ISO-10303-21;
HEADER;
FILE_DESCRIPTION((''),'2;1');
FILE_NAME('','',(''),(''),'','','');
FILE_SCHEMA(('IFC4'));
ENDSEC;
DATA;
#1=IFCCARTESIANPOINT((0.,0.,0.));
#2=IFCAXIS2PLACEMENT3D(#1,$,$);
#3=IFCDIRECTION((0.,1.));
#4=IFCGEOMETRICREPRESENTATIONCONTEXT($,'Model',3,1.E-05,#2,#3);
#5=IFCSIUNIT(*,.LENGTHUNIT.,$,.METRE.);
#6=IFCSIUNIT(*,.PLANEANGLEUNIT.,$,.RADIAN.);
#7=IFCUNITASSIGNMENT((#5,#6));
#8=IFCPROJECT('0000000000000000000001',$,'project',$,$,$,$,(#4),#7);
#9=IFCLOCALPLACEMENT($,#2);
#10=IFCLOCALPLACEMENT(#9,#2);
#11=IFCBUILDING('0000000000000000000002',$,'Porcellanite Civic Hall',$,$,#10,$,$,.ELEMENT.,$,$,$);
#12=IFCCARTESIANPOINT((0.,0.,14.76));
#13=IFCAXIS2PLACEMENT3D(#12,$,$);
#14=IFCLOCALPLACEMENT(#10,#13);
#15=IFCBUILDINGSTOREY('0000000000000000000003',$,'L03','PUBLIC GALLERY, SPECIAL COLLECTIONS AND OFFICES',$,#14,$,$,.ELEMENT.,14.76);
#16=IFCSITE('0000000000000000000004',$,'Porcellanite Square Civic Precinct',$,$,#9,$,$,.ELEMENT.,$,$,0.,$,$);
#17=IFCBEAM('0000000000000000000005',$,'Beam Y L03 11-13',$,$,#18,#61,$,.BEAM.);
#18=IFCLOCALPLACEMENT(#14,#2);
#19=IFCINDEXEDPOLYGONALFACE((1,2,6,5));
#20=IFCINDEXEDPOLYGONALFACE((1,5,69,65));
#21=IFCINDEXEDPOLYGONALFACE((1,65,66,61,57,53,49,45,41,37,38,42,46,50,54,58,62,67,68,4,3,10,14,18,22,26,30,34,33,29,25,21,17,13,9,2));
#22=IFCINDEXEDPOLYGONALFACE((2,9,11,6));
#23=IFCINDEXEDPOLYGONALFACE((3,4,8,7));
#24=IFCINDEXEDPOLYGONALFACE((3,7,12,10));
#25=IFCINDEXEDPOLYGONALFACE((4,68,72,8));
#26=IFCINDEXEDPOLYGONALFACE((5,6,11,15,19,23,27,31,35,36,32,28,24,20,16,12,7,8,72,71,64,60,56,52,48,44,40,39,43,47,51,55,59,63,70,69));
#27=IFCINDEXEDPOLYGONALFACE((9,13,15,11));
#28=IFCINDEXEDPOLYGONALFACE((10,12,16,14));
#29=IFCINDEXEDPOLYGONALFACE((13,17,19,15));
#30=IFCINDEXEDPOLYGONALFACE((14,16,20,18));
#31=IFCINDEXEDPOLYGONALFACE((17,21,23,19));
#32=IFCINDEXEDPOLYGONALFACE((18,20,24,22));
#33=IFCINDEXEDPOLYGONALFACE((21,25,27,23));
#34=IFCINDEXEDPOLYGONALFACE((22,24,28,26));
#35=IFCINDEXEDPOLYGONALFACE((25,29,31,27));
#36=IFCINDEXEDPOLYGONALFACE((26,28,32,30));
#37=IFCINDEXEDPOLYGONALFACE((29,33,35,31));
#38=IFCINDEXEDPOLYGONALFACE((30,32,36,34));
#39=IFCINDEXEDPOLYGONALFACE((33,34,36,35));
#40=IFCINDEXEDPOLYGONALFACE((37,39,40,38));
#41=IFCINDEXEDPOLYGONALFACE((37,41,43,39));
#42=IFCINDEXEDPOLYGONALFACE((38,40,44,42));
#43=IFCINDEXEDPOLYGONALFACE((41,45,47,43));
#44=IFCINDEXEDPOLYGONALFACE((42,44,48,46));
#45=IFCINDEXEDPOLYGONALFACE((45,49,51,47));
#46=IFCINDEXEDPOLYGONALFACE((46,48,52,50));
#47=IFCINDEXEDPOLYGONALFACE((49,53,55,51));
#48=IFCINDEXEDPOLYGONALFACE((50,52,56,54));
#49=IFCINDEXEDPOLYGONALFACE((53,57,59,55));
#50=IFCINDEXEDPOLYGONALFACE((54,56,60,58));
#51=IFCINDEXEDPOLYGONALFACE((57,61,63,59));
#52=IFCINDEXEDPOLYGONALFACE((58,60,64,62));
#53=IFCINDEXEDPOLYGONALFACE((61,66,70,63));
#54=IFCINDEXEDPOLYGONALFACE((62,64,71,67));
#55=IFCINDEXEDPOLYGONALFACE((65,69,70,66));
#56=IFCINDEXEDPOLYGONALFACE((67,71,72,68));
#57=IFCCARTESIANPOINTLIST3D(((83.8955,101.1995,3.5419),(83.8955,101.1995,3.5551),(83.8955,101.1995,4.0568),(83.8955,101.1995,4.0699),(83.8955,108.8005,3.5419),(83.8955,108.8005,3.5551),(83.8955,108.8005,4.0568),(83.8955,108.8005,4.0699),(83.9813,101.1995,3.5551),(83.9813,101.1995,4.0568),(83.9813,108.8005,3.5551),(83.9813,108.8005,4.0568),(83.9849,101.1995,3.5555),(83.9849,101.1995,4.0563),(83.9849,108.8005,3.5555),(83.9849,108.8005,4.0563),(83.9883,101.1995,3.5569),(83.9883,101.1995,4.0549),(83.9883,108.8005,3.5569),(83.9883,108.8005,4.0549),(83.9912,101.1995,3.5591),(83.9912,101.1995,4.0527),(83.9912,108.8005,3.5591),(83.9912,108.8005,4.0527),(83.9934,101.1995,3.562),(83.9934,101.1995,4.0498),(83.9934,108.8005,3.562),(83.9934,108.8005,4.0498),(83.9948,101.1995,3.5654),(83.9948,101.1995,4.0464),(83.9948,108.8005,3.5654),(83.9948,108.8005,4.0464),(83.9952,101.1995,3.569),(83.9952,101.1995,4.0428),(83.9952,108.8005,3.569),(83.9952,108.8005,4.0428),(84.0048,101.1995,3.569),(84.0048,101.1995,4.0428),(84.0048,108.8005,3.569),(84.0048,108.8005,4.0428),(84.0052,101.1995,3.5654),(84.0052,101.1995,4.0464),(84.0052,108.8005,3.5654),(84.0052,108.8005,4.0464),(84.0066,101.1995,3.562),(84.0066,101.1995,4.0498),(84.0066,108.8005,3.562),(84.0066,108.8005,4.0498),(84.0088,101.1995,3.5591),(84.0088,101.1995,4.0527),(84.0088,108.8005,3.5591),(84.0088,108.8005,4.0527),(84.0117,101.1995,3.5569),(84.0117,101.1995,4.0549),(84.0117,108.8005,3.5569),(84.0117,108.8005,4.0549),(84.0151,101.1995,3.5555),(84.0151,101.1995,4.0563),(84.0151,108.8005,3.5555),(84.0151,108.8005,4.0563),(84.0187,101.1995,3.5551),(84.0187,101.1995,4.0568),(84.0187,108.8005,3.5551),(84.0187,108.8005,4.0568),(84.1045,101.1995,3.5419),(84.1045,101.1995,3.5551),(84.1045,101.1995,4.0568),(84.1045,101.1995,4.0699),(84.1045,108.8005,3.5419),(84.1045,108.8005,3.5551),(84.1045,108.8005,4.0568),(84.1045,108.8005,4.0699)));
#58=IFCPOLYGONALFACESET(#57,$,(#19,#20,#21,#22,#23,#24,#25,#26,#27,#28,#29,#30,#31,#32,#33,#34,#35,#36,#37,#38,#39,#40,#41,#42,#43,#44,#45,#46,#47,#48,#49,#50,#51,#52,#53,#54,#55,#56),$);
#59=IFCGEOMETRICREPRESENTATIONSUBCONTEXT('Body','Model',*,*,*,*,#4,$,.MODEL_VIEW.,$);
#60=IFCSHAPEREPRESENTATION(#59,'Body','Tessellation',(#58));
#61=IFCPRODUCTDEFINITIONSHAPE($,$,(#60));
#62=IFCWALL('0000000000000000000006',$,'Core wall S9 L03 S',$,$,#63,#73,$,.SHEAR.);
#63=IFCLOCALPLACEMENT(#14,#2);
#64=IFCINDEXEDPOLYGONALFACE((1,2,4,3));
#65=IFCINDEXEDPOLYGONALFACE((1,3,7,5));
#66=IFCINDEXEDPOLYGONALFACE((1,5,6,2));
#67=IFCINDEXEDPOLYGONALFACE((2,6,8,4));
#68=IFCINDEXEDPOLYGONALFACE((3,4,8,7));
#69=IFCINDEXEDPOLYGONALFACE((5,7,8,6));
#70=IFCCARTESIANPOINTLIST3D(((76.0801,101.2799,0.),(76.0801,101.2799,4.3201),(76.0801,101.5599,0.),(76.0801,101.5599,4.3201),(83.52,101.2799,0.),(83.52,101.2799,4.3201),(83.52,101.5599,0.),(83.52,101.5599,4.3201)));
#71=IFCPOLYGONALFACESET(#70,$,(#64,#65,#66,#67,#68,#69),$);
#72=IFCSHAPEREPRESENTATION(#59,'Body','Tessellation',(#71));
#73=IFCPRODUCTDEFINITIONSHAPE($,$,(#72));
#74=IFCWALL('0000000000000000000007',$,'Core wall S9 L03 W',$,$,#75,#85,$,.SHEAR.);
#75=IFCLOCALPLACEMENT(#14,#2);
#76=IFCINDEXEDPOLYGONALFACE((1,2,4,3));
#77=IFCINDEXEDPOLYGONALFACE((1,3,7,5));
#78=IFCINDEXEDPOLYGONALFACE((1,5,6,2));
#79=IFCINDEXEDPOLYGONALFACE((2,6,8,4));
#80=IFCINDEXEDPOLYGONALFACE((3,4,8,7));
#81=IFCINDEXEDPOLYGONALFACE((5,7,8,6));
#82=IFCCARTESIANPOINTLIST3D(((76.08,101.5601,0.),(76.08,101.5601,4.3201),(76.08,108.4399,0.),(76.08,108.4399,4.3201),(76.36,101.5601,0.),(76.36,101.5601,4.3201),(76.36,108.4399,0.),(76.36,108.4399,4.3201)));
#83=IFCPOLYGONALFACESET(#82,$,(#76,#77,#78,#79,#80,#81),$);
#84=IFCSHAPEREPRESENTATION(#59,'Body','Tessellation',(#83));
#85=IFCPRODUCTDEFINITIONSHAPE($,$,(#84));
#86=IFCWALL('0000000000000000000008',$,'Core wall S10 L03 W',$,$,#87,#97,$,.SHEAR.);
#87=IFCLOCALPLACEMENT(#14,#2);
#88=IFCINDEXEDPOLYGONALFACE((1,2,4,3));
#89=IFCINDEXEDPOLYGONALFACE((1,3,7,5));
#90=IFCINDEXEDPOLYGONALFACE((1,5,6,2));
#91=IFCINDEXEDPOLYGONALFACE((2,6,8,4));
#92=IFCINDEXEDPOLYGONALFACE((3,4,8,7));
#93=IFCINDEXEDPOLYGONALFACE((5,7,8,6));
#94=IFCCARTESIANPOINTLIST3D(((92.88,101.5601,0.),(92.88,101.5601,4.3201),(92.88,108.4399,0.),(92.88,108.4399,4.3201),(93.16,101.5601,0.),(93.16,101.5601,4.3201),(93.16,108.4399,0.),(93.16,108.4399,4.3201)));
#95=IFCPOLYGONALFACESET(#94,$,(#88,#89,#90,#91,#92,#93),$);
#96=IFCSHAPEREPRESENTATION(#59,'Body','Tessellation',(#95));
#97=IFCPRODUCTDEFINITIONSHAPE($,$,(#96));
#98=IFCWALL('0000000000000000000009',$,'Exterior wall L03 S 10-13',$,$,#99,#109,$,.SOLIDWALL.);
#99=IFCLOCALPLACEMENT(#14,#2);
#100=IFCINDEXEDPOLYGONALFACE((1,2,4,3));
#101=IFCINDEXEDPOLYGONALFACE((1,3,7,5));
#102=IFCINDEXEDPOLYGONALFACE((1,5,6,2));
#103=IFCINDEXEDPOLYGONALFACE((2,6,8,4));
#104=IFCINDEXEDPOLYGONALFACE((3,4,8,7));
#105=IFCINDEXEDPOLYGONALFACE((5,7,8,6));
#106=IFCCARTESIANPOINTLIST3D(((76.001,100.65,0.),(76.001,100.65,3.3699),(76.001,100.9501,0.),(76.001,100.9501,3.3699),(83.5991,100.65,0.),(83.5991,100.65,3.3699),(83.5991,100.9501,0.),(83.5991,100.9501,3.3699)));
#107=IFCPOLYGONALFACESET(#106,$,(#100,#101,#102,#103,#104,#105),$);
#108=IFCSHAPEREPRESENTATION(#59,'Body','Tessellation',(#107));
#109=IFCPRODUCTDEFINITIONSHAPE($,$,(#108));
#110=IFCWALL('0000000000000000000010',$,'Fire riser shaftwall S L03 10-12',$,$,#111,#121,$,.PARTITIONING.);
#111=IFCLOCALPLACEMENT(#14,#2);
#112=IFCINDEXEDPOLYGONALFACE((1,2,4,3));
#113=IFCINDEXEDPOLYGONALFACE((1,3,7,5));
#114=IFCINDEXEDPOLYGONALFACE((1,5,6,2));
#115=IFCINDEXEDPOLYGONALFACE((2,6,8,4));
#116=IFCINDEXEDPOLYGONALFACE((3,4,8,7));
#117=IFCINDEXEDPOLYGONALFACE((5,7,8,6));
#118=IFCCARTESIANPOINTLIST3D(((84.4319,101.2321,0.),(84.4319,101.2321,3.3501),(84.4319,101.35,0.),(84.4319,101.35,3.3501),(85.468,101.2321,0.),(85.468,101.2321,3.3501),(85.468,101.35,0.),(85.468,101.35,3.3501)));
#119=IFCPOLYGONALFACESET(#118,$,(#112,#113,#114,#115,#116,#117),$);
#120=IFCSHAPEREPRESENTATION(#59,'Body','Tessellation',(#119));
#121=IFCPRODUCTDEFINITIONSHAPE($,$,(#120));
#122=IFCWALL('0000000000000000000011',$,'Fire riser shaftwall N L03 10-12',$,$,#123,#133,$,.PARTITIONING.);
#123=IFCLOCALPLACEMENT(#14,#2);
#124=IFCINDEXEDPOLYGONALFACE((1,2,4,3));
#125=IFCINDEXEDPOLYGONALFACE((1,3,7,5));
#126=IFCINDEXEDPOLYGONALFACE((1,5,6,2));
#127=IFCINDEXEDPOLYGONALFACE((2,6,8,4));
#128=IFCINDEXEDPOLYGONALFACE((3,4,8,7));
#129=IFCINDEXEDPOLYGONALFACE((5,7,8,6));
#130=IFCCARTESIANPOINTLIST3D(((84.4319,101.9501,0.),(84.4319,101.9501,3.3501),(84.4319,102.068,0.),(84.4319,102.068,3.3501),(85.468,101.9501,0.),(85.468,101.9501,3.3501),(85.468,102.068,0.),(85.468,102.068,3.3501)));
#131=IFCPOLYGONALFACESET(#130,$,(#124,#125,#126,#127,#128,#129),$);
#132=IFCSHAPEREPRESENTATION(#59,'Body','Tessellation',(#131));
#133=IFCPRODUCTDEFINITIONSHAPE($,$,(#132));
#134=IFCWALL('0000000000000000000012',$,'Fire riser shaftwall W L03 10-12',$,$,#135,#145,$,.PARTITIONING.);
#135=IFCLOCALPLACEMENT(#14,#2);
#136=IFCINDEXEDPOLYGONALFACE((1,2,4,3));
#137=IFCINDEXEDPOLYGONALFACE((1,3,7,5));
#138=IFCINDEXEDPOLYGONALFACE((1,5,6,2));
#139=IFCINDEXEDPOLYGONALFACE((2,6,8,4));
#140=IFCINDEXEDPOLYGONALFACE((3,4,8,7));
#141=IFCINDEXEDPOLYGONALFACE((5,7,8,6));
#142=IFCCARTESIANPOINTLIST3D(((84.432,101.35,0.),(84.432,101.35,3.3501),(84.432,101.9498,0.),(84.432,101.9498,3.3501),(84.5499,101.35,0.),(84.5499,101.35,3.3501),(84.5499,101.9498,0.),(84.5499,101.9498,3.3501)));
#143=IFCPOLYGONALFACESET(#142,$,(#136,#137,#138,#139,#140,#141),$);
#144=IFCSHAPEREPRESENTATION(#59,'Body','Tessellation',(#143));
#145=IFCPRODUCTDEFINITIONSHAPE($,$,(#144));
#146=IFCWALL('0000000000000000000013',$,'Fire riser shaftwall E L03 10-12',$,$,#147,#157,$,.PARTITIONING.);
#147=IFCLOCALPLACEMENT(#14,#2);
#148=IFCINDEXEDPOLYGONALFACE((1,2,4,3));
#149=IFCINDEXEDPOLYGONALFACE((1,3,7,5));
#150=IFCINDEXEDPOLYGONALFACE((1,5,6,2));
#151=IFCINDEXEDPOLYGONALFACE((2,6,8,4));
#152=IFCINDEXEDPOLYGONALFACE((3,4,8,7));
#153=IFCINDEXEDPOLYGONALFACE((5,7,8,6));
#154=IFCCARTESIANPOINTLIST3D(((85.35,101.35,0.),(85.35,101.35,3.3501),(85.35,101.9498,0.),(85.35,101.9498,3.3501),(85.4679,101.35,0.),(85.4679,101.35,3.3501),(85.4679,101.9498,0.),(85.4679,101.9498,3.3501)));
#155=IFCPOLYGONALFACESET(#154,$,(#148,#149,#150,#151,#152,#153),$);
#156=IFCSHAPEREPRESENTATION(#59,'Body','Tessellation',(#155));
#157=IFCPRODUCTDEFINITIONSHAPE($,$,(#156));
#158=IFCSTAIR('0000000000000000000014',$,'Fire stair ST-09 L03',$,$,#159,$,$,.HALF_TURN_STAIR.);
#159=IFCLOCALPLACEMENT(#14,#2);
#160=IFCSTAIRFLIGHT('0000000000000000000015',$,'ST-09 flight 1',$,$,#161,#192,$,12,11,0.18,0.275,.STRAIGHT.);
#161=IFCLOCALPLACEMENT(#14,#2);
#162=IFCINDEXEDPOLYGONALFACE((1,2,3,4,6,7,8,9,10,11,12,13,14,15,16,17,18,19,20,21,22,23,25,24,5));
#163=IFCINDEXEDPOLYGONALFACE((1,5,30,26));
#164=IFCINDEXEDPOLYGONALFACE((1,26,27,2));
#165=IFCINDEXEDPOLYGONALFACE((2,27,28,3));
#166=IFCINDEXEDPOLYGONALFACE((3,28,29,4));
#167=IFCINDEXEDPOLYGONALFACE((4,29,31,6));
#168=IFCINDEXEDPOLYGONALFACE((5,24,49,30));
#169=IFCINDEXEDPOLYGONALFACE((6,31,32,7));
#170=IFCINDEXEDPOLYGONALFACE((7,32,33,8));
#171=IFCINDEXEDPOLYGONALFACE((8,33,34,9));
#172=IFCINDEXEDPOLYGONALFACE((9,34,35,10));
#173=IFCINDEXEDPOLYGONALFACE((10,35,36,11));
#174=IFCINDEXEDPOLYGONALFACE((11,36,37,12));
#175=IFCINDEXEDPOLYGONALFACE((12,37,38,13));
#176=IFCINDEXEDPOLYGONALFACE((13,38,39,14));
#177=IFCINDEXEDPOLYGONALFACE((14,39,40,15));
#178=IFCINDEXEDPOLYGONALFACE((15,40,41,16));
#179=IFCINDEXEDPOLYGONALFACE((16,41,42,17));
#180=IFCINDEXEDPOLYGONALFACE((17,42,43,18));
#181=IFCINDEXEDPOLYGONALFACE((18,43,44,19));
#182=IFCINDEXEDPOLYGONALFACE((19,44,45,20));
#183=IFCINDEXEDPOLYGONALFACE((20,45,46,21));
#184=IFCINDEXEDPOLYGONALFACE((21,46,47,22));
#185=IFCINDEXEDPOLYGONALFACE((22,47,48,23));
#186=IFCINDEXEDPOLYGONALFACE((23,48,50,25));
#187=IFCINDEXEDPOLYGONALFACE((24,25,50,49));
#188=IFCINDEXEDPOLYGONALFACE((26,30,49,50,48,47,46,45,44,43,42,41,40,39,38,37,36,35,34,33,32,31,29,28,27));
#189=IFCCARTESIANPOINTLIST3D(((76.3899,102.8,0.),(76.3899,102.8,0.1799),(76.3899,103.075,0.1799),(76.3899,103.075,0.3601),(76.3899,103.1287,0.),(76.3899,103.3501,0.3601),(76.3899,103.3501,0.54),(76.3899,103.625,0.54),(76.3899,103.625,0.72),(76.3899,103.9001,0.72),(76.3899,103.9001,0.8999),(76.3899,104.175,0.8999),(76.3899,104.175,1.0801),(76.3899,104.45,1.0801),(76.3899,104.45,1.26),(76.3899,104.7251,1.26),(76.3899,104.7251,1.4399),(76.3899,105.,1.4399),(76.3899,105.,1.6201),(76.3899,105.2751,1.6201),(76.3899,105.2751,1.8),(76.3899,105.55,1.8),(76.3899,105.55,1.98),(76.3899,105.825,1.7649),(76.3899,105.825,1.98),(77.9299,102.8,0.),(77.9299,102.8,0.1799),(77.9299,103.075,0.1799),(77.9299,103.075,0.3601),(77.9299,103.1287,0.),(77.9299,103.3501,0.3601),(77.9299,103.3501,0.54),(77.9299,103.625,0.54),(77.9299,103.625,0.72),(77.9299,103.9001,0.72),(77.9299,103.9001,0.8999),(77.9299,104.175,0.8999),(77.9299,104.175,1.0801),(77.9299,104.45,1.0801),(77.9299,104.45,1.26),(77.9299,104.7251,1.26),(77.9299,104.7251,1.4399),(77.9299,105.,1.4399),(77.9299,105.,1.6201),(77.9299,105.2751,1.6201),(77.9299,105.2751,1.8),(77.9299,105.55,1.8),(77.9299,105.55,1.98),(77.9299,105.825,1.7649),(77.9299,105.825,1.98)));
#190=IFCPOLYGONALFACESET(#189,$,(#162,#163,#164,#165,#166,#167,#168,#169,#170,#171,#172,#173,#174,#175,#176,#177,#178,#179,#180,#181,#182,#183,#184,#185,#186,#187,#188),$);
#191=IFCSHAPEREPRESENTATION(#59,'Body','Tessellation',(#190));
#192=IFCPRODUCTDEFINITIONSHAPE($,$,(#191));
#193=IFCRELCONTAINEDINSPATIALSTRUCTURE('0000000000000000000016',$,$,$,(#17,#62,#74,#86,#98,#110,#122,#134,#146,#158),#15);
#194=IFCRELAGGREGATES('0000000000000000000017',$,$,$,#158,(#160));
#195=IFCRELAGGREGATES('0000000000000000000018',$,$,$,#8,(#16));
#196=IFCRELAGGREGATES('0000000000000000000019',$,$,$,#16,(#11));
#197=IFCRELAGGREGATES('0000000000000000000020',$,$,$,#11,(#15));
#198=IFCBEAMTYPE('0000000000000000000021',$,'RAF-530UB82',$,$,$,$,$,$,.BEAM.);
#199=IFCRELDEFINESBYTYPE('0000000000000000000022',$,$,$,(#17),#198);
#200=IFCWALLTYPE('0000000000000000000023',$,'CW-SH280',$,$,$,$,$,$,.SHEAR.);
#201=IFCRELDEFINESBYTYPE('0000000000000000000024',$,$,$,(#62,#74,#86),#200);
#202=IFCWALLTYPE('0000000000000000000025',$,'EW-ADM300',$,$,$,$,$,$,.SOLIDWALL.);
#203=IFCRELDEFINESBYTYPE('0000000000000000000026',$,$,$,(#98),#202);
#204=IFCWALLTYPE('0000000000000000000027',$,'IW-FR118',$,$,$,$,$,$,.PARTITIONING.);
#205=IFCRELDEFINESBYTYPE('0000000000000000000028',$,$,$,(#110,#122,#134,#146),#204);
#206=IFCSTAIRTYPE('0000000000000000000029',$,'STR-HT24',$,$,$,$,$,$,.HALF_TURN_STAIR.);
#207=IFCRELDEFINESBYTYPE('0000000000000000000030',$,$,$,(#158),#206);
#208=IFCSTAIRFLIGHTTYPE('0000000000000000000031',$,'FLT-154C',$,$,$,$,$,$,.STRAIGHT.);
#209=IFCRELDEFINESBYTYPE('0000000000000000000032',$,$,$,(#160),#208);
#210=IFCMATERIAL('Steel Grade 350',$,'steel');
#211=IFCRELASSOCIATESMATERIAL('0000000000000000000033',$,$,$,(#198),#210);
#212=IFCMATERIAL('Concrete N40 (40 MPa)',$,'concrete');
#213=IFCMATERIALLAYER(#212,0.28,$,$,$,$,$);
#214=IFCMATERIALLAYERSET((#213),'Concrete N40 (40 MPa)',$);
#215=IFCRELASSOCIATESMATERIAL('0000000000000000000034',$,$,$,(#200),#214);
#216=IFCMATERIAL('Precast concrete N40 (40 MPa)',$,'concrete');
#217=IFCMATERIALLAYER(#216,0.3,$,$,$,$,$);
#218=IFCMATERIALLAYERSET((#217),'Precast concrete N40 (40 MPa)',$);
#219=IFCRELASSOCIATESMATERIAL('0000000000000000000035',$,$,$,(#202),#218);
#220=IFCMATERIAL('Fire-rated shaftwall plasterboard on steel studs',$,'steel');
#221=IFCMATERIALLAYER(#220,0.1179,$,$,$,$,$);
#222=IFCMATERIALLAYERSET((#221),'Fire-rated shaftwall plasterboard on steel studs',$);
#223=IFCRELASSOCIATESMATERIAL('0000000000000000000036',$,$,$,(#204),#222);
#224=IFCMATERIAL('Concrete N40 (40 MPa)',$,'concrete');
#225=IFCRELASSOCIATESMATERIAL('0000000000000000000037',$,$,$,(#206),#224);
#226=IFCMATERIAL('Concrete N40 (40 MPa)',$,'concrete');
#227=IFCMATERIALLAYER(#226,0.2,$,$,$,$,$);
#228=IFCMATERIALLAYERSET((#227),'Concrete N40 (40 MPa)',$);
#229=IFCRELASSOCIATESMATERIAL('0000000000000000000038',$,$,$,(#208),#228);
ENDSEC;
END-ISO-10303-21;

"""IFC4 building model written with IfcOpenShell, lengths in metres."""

from ifc_helpers import new_model, si_unit, direction, frame, frame_2d, origin, origin_2d, place, context, subcontext, project, spatial, polyline, rectangle, i_section, outline, extrude, material, layer, layer_set, material_profile, profile_set, type_object, element, aggregate, save


model = new_model("IFC4")

# Units and contexts
model_context = context("Model", 3, precision=1e-05, world=origin(), true_north=direction((0.0, 1.0)))
body_context = subcontext(model_context, "Body", "Model", "MODEL_VIEW")
ifc_project = project(units=[si_unit("LENGTHUNIT", "METRE"), si_unit("PLANEANGLEUNIT", "RADIAN")], contexts=[model_context])

# Site, building, storey
site_placement = place(None, origin())
site = spatial("IfcSite", under=ifc_project, at=site_placement, Name="Porcellanite Square Civic Precinct", CompositionType="ELEMENT", RefElevation=0.0)
building_placement = place(site_placement, origin())
building = spatial("IfcBuilding", under=site, at=building_placement, Name="Porcellanite Civic Hall", CompositionType="ELEMENT")
storey_placement = place(building_placement, frame((0.0, 0.0, 14.76)))
storey = spatial("IfcBuildingStorey", under=building, at=storey_placement, Name="L03", Description="PUBLIC GALLERY, SPECIAL COLLECTIONS AND OFFICES", CompositionType="ELEMENT", Elevation=14.76)

# Beam
ifc_material_1 = material(Name="Steel Grade 350", Category="steel")
ifc_material_profile_1 = material_profile(ifc_material_1, i_section(OverallWidth=0.209, OverallDepth=0.5281, WebThickness=0.0095, FlangeThickness=0.0132, FilletRadius=0.0139, at=origin_2d()), Name="530UB82.0")
ifc_profile_set_1 = profile_set([ifc_material_profile_1], Name="Steel Grade 350")
beam_type_1 = type_object("IfcBeamType", Name="RAF-530UB82", PredefinedType="BEAM", material=ifc_profile_set_1)
beam_1_placement = place(storey_placement, frame((84.0, 101.1995, 3.8059), z_axis=(0.0, 1.0, 0.0), x_axis=(-1.0, 0.0, 0.0)))
element("IfcBeam", 1, at=beam_1_placement, inside=storey, type_object=beam_type_1, Name="Beam Y L03 11-13", PredefinedType="BEAM", context=body_context, shape_type="SweptSolid", body=[
    extrude(i_section(OverallWidth=0.209, OverallDepth=0.5281, WebThickness=0.0095, FlangeThickness=0.0132, FilletRadius=0.0139, at=origin_2d()), origin(), (0.0, 0.0, 1.0), 7.6011),
])

# Walls
ifc_material_2 = material(Name="Concrete N40 (40 MPa)", Category="concrete")
ifc_layer_1 = layer(ifc_material_2, 0.28)
ifc_layer_set_1 = layer_set([ifc_layer_1], Name="Concrete N40 (40 MPa)")
wall_type_1 = type_object("IfcWallType", Name="CW-SH280", PredefinedType="SHEAR", material=ifc_layer_set_1)
wall_1_placement = place(storey_placement, frame((83.52, 101.4199, 0.0), z_axis=(0.0, 0.0, 1.0), x_axis=(-1.0, 0.0, 0.0)))
element("IfcWall", 2, at=wall_1_placement, inside=storey, type_object=wall_type_1, Name="Core wall S9 L03 S", PredefinedType="SHEAR", context=body_context, shape_type="SweptSolid", body=[
    extrude(rectangle(XDim=7.4399, YDim=0.28, at=frame_2d((3.72, 0.0))), origin(), (0.0, 0.0, 1.0), 4.3201),
])
for number, where, z_axis, x_axis, name in (
    (3, (76.22, 101.5601, 0.0), (0.0, 0.0, 1.0), (0.0, 1.0, 0.0), "Core wall S9 L03 W"),
    (4, (93.02, 101.5601, 0.0), (0.0, 0.0, 1.0), (0.0, 1.0, 0.0), "Core wall S10 L03 W"),
):
    element("IfcWall", number, at=place(storey_placement, frame(where, z_axis=z_axis, x_axis=x_axis)), inside=storey, type_object=wall_type_1, Name=name, PredefinedType="SHEAR", context=body_context, shape_type="SweptSolid", body=[
        extrude(rectangle(XDim=6.8799, YDim=0.28, at=frame_2d((3.4399, 0.0))), origin(), (0.0, 0.0, 1.0), 4.3201),
    ])
ifc_material_3 = material(Name="Precast concrete N40 (40 MPa)", Category="concrete")
ifc_layer_2 = layer(ifc_material_3, 0.3)
ifc_layer_set_2 = layer_set([ifc_layer_2], Name="Precast concrete N40 (40 MPa)")
wall_type_2 = type_object("IfcWallType", Name="EW-ADM300", PredefinedType="SOLIDWALL", material=ifc_layer_set_2)
wall_2_placement = place(storey_placement, frame((83.5991, 100.8, 0.0), z_axis=(0.0, 0.0, 1.0), x_axis=(-1.0, 0.0, 0.0)))
element("IfcWall", 5, at=wall_2_placement, inside=storey, type_object=wall_type_2, Name="Exterior wall L03 S 10-13", PredefinedType="SOLIDWALL", context=body_context, shape_type="SweptSolid", body=[
    extrude(rectangle(XDim=7.5981, YDim=0.3, at=frame_2d((3.7991, 0.0))), origin(), (0.0, 0.0, 1.0), 3.3699),
])

# Walls
ifc_material_4 = material(Name="Fire-rated shaftwall plasterboard on steel studs", Category="steel")
ifc_layer_3 = layer(ifc_material_4, 0.1179)
ifc_layer_set_3 = layer_set([ifc_layer_3], Name="Fire-rated shaftwall plasterboard on steel studs")
wall_type_3 = type_object("IfcWallType", Name="IW-FR118", PredefinedType="PARTITIONING", material=ifc_layer_set_3)
for number, where, z_axis, x_axis, name in (
    (6, (84.4319, 101.291, 0.0), (0.0, 0.0, 1.0), (1.0, 0.0, 0.0), "Fire riser shaftwall S L03 10-12"),
    (7, (84.4319, 102.009, 0.0), (0.0, 0.0, 1.0), (1.0, 0.0, 0.0), "Fire riser shaftwall N L03 10-12"),
):
    element("IfcWall", number, at=place(storey_placement, frame(where, z_axis=z_axis, x_axis=x_axis)), inside=storey, type_object=wall_type_3, Name=name, PredefinedType="PARTITIONING", context=body_context, shape_type="SweptSolid", body=[
        extrude(rectangle(XDim=1.0361, YDim=0.1179, at=frame_2d((0.5181, 0.0))), origin(), (0.0, 0.0, 1.0), 3.3501),
    ])
for number, where, z_axis, x_axis, name in (
    (8, (84.491, 101.3501, 0.0), (0.0, 0.0, 1.0), (0.0, 1.0, 0.0), "Fire riser shaftwall W L03 10-12"),
    (9, (85.4089, 101.3501, 0.0), (0.0, 0.0, 1.0), (0.0, 1.0, 0.0), "Fire riser shaftwall E L03 10-12"),
):
    element("IfcWall", number, at=place(storey_placement, frame(where, z_axis=z_axis, x_axis=x_axis)), inside=storey, type_object=wall_type_3, Name=name, PredefinedType="PARTITIONING", context=body_context, shape_type="SweptSolid", body=[
        extrude(rectangle(XDim=0.5999, YDim=0.1179, at=frame_2d((0.2998, 0.0))), origin(), (0.0, 0.0, 1.0), 3.3501),
    ])

# Stair, stair flight
ifc_material_5 = material(Name="Concrete N40 (40 MPa)", Category="concrete")
stair_type = type_object("IfcStairType", Name="STR-HT24", PredefinedType="HALF_TURN_STAIR", material=ifc_material_5)
stair_placement = place(storey_placement, origin())
stair = element("IfcStair", 10, at=stair_placement, inside=storey, type_object=stair_type, Name="Fire stair ST-09 L03", PredefinedType="HALF_TURN_STAIR")
ifc_material_6 = material(Name="Concrete N40 (40 MPa)", Category="concrete")
ifc_layer_4 = layer(ifc_material_6, 0.2)
ifc_layer_set_4 = layer_set([ifc_layer_4], Name="Concrete N40 (40 MPa)")
stair_flight_type = type_object("IfcStairFlightType", Name="FLT-154C", PredefinedType="STRAIGHT", material=ifc_layer_set_4)
stair_flight_placement = place(storey_placement, frame((77.1599, 102.8, 0.0), z_axis=(0.0, 0.0, 1.0), x_axis=(0.0, 1.0, 0.0)))
stair_flight = element("IfcStairFlight", 11, at=stair_flight_placement, type_object=stair_flight_type, Name="ST-09 flight 1", NumberOfRisers=12, NumberOfTreads=11, PredefinedType="STRAIGHT", RiserHeight=0.18, TreadLength=0.275, context=body_context, shape_type="SweptSolid", body=[
    extrude(outline(polyline([(0.0, 0.0), (0.0, 0.1799), (0.2749, 0.1799), (0.2749, 0.3601), (0.55, 0.3601), (0.55, 0.54), (0.825, 0.54), (0.825, 0.72), (1.1001, 0.72), (1.1001, 0.8999), (1.375, 0.8999), (1.375, 1.0801), (1.6499, 1.0801), (1.6499, 1.26), (1.925, 1.26), (1.925, 1.4399), (2.2, 1.4399), (2.2, 1.6201), (2.4751, 1.6201), (2.4751, 1.8), (2.75, 1.8), (2.75, 1.98), (3.0249, 1.98), (3.0249, 2.1599), (3.0249, 1.7649), (0.3286, 0.0), (0.0, 0.0)])), frame((0.0, 0.77, 0.0), z_axis=(0.0, -1.0, 0.0), x_axis=(1.0, 0.0, 0.0)), (0.0, 0.0, 1.0), 1.54),
])
aggregate(stair, [stair_flight])

save(model, "model.ifc")
